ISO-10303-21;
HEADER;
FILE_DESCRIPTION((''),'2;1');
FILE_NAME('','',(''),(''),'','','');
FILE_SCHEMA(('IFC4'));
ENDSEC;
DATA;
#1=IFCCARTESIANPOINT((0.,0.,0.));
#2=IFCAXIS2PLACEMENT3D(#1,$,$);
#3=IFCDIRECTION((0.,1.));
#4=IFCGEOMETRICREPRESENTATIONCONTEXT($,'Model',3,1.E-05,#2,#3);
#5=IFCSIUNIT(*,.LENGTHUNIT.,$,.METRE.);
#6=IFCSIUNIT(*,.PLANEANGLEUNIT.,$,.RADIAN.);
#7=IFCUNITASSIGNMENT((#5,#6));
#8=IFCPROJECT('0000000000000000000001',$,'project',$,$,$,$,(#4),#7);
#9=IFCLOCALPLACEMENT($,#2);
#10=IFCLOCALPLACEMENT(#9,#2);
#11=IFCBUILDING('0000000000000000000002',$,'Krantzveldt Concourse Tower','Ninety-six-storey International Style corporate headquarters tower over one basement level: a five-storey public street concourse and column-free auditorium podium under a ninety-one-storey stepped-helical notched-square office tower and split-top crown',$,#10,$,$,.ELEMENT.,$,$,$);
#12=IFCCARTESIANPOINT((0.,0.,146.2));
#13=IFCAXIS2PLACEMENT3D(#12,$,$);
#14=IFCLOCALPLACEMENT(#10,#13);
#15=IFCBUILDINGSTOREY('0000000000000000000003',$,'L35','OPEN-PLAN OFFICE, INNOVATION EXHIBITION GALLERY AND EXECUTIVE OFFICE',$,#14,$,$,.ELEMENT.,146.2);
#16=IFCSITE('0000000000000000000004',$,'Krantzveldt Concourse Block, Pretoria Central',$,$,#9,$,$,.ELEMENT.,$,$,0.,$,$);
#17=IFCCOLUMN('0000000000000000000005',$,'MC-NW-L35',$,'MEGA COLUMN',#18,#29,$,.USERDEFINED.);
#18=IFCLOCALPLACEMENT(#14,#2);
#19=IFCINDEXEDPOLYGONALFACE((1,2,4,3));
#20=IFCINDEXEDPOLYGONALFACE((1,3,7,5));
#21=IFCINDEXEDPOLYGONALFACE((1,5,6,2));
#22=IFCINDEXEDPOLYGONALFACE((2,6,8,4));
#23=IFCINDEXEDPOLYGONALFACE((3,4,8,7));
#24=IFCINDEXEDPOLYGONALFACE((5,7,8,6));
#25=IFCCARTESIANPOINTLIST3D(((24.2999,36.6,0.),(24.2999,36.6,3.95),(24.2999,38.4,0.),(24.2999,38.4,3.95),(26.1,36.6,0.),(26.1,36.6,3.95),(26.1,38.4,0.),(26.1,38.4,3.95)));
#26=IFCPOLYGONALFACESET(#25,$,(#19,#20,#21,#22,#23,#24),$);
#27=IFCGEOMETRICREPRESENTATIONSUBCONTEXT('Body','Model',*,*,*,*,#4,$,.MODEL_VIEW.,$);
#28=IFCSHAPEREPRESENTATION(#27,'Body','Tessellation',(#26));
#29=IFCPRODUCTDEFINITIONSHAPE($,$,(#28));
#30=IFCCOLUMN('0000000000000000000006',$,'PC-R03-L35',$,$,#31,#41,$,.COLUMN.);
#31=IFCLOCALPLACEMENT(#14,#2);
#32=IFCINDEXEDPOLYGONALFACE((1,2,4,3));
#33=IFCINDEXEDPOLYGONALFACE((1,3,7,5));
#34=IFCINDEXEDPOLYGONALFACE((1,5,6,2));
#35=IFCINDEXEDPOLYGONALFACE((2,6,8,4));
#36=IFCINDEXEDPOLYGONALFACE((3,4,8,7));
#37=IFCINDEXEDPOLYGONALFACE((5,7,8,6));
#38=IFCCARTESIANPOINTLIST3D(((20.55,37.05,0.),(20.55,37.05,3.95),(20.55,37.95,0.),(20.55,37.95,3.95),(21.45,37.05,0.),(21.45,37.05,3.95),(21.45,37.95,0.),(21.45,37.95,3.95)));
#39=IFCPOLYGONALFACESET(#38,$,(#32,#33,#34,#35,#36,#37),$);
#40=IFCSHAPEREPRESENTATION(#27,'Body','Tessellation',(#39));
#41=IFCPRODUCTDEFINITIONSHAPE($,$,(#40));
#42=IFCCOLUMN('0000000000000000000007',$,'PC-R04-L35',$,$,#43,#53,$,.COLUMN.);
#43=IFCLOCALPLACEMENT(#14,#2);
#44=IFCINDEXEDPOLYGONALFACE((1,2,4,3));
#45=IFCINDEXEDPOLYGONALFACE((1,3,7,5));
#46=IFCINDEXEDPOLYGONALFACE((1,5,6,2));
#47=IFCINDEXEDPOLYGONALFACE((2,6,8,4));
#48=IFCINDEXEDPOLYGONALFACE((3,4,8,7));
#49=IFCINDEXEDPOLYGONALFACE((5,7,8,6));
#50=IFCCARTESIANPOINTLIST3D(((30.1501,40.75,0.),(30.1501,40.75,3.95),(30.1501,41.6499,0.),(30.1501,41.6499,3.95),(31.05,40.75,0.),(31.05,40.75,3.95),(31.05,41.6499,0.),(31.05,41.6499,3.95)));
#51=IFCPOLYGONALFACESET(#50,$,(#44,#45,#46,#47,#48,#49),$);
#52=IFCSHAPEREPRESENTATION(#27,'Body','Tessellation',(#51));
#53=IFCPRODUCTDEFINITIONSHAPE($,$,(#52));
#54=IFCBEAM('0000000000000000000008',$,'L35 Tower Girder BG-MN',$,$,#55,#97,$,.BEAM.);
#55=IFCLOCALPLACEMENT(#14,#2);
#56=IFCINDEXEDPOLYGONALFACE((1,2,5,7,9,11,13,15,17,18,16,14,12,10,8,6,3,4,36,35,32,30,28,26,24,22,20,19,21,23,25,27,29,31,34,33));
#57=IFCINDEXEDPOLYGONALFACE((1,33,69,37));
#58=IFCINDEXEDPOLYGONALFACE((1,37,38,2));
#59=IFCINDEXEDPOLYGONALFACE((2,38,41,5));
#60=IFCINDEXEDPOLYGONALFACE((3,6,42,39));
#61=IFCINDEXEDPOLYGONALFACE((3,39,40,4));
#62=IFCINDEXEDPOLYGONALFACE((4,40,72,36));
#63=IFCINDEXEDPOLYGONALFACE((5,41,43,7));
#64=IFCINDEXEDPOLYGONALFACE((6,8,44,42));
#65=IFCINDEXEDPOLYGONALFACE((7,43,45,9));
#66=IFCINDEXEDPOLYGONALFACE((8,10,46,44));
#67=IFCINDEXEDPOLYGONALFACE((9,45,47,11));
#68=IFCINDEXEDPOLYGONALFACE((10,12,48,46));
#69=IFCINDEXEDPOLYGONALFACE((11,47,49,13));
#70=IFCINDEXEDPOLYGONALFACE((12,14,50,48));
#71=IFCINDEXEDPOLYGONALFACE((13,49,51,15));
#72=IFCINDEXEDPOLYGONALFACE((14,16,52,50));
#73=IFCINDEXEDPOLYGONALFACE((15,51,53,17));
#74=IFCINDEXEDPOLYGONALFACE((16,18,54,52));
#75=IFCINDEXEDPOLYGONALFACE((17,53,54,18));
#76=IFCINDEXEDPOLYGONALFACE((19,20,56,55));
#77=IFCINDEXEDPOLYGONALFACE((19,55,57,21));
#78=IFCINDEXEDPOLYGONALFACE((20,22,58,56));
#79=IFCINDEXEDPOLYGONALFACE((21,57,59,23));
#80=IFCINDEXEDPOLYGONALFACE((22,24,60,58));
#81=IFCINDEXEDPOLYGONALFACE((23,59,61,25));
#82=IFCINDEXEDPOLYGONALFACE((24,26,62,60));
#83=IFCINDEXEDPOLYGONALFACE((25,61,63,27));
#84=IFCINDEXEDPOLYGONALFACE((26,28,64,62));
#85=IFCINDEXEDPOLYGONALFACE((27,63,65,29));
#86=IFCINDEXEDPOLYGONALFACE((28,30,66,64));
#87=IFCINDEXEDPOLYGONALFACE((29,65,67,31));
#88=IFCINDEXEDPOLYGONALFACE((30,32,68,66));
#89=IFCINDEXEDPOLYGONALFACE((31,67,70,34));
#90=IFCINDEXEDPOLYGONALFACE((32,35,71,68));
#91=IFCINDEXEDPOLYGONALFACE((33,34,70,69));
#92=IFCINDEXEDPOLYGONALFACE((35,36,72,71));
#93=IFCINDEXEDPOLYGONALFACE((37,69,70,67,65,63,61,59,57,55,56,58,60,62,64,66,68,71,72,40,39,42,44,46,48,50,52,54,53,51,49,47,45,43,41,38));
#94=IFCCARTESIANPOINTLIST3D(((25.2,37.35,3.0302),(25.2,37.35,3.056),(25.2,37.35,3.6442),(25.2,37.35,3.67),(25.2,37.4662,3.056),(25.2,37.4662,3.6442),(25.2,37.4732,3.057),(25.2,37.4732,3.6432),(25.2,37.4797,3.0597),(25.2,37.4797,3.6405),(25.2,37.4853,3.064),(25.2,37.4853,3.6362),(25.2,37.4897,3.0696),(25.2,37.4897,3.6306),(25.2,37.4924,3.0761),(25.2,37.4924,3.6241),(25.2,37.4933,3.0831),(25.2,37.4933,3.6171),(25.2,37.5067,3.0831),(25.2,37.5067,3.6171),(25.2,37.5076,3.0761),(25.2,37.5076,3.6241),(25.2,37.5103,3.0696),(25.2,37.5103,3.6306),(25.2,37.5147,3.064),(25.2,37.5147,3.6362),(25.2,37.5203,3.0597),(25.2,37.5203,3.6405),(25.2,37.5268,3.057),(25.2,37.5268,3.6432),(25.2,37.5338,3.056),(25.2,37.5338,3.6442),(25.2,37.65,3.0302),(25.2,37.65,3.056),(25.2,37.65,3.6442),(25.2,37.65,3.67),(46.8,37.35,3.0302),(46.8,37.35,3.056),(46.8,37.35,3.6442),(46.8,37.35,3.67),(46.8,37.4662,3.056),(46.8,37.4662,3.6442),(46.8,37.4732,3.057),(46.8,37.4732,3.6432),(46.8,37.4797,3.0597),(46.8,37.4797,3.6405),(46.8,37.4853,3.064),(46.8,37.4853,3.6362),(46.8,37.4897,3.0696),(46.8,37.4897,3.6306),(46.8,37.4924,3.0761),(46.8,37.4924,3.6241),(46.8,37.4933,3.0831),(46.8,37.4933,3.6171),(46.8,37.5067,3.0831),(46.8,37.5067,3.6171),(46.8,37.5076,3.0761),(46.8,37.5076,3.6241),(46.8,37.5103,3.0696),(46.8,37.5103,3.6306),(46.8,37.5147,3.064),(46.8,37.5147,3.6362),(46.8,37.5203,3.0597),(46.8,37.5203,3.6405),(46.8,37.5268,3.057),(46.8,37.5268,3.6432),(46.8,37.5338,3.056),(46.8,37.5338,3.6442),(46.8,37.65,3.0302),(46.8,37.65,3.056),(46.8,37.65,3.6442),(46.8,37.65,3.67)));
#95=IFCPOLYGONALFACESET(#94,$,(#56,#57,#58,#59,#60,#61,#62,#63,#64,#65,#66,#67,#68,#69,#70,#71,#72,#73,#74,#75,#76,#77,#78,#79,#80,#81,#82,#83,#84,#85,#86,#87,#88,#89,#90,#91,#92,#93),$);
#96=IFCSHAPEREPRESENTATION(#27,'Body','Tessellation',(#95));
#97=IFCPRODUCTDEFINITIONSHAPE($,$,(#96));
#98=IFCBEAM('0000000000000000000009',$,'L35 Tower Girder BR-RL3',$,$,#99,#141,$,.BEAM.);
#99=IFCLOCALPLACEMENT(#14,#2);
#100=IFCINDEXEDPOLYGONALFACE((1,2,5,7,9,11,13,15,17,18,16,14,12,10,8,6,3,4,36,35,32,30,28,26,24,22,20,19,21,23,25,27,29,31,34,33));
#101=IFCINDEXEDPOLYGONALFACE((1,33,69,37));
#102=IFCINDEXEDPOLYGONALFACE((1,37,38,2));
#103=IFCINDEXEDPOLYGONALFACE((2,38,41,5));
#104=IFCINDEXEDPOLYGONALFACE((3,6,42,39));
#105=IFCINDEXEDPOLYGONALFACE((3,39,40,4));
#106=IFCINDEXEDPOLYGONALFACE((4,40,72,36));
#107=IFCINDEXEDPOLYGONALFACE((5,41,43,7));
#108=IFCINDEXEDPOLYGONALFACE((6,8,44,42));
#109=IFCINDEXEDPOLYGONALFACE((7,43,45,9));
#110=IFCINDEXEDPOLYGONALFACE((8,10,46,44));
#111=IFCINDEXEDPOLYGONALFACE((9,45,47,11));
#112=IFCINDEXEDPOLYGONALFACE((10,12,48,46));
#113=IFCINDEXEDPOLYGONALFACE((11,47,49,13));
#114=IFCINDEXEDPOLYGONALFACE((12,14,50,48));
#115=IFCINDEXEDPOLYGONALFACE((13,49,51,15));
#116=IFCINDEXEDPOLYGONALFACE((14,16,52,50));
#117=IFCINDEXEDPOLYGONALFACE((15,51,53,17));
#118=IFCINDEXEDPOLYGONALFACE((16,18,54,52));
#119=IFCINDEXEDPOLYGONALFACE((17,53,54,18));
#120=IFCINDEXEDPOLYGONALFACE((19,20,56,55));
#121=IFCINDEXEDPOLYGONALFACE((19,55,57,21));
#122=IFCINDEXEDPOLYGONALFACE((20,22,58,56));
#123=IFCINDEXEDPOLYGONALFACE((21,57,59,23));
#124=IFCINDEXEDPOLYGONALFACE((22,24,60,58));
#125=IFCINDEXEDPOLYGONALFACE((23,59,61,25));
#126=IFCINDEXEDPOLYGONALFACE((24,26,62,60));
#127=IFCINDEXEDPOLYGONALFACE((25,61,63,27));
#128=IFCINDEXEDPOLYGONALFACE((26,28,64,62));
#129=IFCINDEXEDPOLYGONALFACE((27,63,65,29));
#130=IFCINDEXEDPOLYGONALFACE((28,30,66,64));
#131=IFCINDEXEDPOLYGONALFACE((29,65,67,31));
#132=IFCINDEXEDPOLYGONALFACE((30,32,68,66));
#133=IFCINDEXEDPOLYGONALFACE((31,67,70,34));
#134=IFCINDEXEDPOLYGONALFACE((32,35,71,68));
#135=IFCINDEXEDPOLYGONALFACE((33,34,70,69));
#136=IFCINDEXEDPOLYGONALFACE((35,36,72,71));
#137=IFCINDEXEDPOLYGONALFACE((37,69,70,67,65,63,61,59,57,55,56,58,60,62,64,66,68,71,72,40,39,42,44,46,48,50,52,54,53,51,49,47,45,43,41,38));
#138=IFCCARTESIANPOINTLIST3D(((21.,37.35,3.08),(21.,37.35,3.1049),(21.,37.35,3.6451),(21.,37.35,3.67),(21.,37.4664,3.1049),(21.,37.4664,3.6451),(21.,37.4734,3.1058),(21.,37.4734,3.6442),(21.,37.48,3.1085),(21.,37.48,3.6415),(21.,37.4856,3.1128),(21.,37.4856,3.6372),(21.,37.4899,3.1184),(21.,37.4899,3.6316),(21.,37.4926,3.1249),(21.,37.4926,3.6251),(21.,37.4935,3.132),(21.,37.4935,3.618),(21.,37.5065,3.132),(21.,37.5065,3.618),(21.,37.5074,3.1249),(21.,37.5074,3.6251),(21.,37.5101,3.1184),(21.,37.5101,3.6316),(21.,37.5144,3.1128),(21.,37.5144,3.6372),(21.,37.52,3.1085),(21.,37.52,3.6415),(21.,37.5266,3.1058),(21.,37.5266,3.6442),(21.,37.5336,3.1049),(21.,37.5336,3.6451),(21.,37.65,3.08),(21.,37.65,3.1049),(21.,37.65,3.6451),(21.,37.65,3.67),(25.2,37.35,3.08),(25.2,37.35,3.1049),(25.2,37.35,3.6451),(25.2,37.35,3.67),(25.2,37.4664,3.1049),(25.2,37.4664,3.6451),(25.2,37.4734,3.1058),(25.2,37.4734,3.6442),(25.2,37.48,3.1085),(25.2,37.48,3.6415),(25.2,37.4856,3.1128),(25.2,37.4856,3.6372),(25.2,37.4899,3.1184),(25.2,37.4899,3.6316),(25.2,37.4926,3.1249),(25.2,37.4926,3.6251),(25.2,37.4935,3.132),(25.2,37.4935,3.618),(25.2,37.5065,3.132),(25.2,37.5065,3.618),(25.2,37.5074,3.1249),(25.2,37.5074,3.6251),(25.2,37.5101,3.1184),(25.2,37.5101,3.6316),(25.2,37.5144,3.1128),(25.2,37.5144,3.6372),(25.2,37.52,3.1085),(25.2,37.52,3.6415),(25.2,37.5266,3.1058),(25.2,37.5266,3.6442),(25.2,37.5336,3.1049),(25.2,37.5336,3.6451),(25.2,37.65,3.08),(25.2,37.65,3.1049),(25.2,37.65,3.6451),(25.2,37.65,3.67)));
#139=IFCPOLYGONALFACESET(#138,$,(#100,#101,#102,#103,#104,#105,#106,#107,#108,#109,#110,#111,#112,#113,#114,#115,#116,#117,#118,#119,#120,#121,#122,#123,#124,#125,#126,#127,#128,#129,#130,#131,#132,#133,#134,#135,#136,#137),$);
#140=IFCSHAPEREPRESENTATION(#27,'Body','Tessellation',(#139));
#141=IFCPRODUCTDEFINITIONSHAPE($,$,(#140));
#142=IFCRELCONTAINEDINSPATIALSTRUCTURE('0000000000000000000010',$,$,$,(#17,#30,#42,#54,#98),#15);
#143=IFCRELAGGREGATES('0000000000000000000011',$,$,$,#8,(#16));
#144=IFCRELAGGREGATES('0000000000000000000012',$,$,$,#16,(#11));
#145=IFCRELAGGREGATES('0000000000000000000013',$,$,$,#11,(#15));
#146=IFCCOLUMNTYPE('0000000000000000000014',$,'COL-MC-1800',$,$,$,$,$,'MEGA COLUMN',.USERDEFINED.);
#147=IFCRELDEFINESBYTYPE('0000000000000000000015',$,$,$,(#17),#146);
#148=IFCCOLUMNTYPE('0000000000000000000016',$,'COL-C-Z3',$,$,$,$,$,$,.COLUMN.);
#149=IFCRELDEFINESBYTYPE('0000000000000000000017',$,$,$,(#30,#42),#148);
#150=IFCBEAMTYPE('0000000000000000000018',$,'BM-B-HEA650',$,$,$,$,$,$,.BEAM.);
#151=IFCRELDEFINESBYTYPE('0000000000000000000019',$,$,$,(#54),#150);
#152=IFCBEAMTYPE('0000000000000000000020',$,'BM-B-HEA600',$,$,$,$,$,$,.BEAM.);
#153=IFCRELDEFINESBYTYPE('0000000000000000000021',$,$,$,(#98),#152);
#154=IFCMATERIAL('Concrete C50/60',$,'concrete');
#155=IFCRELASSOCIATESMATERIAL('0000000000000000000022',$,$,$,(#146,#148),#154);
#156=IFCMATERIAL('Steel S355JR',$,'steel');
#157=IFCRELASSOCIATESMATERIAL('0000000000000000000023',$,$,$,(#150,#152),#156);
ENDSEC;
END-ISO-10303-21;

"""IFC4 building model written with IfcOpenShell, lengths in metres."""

from ifc_helpers import new_model, si_unit, direction, frame, origin, origin_2d, place, context, subcontext, project, spatial, rectangle, i_section, extrude, source, transform, mapped, material, material_profile, profile_set, type_object, type_shapes, element, save


model = new_model("IFC4")

# Units and contexts
model_context = context("Model", 3, precision=1e-05, world=origin(), true_north=direction((0.0, 1.0)))
body_context = subcontext(model_context, "Body", "Model", "MODEL_VIEW")
ifc_project = project(units=[si_unit("LENGTHUNIT", "METRE"), si_unit("PLANEANGLEUNIT", "RADIAN")], contexts=[model_context])

# Site, building, storey
site_placement = place(None, origin())
site = spatial("IfcSite", under=ifc_project, at=site_placement, Name="Krantzveldt Concourse Block, Pretoria Central", CompositionType="ELEMENT", RefElevation=0.0)
building_placement = place(site_placement, origin())
building = spatial("IfcBuilding", under=site, at=building_placement, Name="Krantzveldt Concourse Tower", Description="Ninety-six-storey International Style corporate headquarters tower over one basement level: a five-storey public street concourse and column-free auditorium podium under a ninety-one-storey stepped-helical notched-square office tower and split-top crown", CompositionType="ELEMENT")
storey_placement = place(building_placement, frame((0.0, 0.0, 146.2)))
storey = spatial("IfcBuildingStorey", under=building, at=storey_placement, Name="L35", Description="OPEN-PLAN OFFICE, INNOVATION EXHIBITION GALLERY AND EXECUTIVE OFFICE", CompositionType="ELEMENT", Elevation=146.2)

# Columns
ifc_material_1 = material(Name="Concrete C50/60", Category="concrete")
ifc_material_profile_1 = material_profile(ifc_material_1, rectangle(XDim=1.8, YDim=1.8, at=origin_2d()), Name="Concrete C50/60", Category="concrete")
ifc_profile_set_1 = profile_set([ifc_material_profile_1], Name="Concrete C50/60 - RC 1800x1800")
column_type_1 = type_object("IfcColumnType", Name="COL-MC-1800", ElementType="MEGA COLUMN", PredefinedType="USERDEFINED", material=ifc_profile_set_1)
shared_shape_1 = source(origin(), body_context, "Body", "SweptSolid", [
    extrude(rectangle(XDim=1.8, YDim=1.8, at=origin_2d()), origin(), (0.0, 0.0, 1.0), 3.95),
])
type_shapes(column_type_1, [shared_shape_1])
column_placement = place(storey_placement, frame((25.2, 37.5, 0.0), z_axis=(0.0, 0.0, 1.0), x_axis=(1.0, 0.0, 0.0)))
element("IfcColumn", 1, at=column_placement, inside=storey, type_object=column_type_1, Name="MC-NW-L35", ObjectType="MEGA COLUMN", PredefinedType="USERDEFINED", context=body_context, shape_type="MappedRepresentation", body=[
    mapped(shared_shape_1, transform((0.0, 0.0, 0.0), x_axis=(1.0, 0.0, 0.0), y_axis=(0.0, 1.0, 0.0), z_axis=(0.0, 0.0, 1.0), scale=1.0)),
])
ifc_material_profile_2 = material_profile(ifc_material_1, rectangle(XDim=0.8999, YDim=0.8999, at=origin_2d()), Name="Concrete C50/60", Category="concrete")
ifc_profile_set_2 = profile_set([ifc_material_profile_2], Name="Concrete C50/60 - RC 900x900")
column_type_2 = type_object("IfcColumnType", Name="COL-C-Z3", PredefinedType="COLUMN", material=ifc_profile_set_2)
shared_shape_2 = source(origin(), body_context, "Body", "SweptSolid", [
    extrude(rectangle(XDim=0.8999, YDim=0.8999, at=origin_2d()), origin(), (0.0, 0.0, 1.0), 3.95),
])
type_shapes(column_type_2, [shared_shape_2])
for number, where, z_axis, x_axis, name in (
    (2, (21.0, 37.5, 0.0), (0.0, 0.0, 1.0), (1.0, 0.0, 0.0), "PC-R03-L35"),
    (3, (30.6001, 41.2, 0.0), (0.0, 0.0, 1.0), (1.0, 0.0, 0.0), "PC-R04-L35"),
):
    element("IfcColumn", number, at=place(storey_placement, frame(where, z_axis=z_axis, x_axis=x_axis)), inside=storey, type_object=column_type_2, Name=name, PredefinedType="COLUMN", context=body_context, shape_type="MappedRepresentation", body=[
        mapped(shared_shape_2, transform((0.0, 0.0, 0.0), x_axis=(1.0, 0.0, 0.0), y_axis=(0.0, 1.0, 0.0), z_axis=(0.0, 0.0, 1.0), scale=1.0)),
    ])

# Beams
ifc_material_2 = material(Name="Steel S355JR", Category="steel")
ifc_material_profile_3 = material_profile(ifc_material_2, i_section(OverallWidth=0.3, OverallDepth=0.6399, WebThickness=0.0134, FlangeThickness=0.0259, FilletRadius=0.0271, at=origin_2d()), Name="Steel S355JR", Category="steel")
ifc_profile_set_3 = profile_set([ifc_material_profile_3], Name="Steel S355JR - HEA 650")
beam_type_1 = type_object("IfcBeamType", Name="BM-B-HEA650", PredefinedType="BEAM", material=ifc_profile_set_3)
shared_shape_3 = source(origin(), body_context, "Body", "SweptSolid", [
    extrude(i_section(OverallWidth=0.3, OverallDepth=0.6399, WebThickness=0.0134, FlangeThickness=0.0259, FilletRadius=0.0271, at=origin_2d()), origin(), (0.0, 0.0, 1.0), 21.6001),
])
type_shapes(beam_type_1, [shared_shape_3])
beam_1_placement = place(storey_placement, frame((25.2, 37.5, 3.3501), z_axis=(1.0, 0.0, 0.0), x_axis=(0.0, 1.0, 0.0)))
element("IfcBeam", 4, at=beam_1_placement, inside=storey, type_object=beam_type_1, Name="L35 Tower Girder BG-MN", PredefinedType="BEAM", context=body_context, shape_type="MappedRepresentation", body=[
    mapped(shared_shape_3, transform((0.0, 0.0, 0.0), x_axis=(1.0, 0.0, 0.0), y_axis=(0.0, 1.0, 0.0), z_axis=(0.0, 0.0, 1.0), scale=1.0)),
])
ifc_material_profile_4 = material_profile(ifc_material_2, i_section(OverallWidth=0.3, OverallDepth=0.5901, WebThickness=0.0129, FlangeThickness=0.0249, FilletRadius=0.0271, at=origin_2d()), Name="Steel S355JR", Category="steel")
ifc_profile_set_4 = profile_set([ifc_material_profile_4], Name="Steel S355JR - HEA 600")
beam_type_2 = type_object("IfcBeamType", Name="BM-B-HEA600", PredefinedType="BEAM", material=ifc_profile_set_4)
shared_shape_4 = source(origin(), body_context, "Body", "SweptSolid", [
    extrude(i_section(OverallWidth=0.3, OverallDepth=0.5901, WebThickness=0.0129, FlangeThickness=0.0249, FilletRadius=0.0271, at=origin_2d()), origin(), (0.0, 0.0, 1.0), 4.2),
])
beam_2_placement = place(storey_placement, frame((21.0, 37.5, 3.375), z_axis=(1.0, 0.0, 0.0), x_axis=(0.0, 1.0, 0.0)))
element("IfcBeam", 5, at=beam_2_placement, inside=storey, type_object=beam_type_2, Name="L35 Tower Girder BR-RL3", PredefinedType="BEAM", context=body_context, shape_type="MappedRepresentation", body=[
    mapped(shared_shape_4, transform((0.0, 0.0, 0.0), x_axis=(1.0, 0.0, 0.0), y_axis=(0.0, 1.0, 0.0), z_axis=(0.0, 0.0, 1.0), scale=1.0)),
])

save(model, "model.ifc")
